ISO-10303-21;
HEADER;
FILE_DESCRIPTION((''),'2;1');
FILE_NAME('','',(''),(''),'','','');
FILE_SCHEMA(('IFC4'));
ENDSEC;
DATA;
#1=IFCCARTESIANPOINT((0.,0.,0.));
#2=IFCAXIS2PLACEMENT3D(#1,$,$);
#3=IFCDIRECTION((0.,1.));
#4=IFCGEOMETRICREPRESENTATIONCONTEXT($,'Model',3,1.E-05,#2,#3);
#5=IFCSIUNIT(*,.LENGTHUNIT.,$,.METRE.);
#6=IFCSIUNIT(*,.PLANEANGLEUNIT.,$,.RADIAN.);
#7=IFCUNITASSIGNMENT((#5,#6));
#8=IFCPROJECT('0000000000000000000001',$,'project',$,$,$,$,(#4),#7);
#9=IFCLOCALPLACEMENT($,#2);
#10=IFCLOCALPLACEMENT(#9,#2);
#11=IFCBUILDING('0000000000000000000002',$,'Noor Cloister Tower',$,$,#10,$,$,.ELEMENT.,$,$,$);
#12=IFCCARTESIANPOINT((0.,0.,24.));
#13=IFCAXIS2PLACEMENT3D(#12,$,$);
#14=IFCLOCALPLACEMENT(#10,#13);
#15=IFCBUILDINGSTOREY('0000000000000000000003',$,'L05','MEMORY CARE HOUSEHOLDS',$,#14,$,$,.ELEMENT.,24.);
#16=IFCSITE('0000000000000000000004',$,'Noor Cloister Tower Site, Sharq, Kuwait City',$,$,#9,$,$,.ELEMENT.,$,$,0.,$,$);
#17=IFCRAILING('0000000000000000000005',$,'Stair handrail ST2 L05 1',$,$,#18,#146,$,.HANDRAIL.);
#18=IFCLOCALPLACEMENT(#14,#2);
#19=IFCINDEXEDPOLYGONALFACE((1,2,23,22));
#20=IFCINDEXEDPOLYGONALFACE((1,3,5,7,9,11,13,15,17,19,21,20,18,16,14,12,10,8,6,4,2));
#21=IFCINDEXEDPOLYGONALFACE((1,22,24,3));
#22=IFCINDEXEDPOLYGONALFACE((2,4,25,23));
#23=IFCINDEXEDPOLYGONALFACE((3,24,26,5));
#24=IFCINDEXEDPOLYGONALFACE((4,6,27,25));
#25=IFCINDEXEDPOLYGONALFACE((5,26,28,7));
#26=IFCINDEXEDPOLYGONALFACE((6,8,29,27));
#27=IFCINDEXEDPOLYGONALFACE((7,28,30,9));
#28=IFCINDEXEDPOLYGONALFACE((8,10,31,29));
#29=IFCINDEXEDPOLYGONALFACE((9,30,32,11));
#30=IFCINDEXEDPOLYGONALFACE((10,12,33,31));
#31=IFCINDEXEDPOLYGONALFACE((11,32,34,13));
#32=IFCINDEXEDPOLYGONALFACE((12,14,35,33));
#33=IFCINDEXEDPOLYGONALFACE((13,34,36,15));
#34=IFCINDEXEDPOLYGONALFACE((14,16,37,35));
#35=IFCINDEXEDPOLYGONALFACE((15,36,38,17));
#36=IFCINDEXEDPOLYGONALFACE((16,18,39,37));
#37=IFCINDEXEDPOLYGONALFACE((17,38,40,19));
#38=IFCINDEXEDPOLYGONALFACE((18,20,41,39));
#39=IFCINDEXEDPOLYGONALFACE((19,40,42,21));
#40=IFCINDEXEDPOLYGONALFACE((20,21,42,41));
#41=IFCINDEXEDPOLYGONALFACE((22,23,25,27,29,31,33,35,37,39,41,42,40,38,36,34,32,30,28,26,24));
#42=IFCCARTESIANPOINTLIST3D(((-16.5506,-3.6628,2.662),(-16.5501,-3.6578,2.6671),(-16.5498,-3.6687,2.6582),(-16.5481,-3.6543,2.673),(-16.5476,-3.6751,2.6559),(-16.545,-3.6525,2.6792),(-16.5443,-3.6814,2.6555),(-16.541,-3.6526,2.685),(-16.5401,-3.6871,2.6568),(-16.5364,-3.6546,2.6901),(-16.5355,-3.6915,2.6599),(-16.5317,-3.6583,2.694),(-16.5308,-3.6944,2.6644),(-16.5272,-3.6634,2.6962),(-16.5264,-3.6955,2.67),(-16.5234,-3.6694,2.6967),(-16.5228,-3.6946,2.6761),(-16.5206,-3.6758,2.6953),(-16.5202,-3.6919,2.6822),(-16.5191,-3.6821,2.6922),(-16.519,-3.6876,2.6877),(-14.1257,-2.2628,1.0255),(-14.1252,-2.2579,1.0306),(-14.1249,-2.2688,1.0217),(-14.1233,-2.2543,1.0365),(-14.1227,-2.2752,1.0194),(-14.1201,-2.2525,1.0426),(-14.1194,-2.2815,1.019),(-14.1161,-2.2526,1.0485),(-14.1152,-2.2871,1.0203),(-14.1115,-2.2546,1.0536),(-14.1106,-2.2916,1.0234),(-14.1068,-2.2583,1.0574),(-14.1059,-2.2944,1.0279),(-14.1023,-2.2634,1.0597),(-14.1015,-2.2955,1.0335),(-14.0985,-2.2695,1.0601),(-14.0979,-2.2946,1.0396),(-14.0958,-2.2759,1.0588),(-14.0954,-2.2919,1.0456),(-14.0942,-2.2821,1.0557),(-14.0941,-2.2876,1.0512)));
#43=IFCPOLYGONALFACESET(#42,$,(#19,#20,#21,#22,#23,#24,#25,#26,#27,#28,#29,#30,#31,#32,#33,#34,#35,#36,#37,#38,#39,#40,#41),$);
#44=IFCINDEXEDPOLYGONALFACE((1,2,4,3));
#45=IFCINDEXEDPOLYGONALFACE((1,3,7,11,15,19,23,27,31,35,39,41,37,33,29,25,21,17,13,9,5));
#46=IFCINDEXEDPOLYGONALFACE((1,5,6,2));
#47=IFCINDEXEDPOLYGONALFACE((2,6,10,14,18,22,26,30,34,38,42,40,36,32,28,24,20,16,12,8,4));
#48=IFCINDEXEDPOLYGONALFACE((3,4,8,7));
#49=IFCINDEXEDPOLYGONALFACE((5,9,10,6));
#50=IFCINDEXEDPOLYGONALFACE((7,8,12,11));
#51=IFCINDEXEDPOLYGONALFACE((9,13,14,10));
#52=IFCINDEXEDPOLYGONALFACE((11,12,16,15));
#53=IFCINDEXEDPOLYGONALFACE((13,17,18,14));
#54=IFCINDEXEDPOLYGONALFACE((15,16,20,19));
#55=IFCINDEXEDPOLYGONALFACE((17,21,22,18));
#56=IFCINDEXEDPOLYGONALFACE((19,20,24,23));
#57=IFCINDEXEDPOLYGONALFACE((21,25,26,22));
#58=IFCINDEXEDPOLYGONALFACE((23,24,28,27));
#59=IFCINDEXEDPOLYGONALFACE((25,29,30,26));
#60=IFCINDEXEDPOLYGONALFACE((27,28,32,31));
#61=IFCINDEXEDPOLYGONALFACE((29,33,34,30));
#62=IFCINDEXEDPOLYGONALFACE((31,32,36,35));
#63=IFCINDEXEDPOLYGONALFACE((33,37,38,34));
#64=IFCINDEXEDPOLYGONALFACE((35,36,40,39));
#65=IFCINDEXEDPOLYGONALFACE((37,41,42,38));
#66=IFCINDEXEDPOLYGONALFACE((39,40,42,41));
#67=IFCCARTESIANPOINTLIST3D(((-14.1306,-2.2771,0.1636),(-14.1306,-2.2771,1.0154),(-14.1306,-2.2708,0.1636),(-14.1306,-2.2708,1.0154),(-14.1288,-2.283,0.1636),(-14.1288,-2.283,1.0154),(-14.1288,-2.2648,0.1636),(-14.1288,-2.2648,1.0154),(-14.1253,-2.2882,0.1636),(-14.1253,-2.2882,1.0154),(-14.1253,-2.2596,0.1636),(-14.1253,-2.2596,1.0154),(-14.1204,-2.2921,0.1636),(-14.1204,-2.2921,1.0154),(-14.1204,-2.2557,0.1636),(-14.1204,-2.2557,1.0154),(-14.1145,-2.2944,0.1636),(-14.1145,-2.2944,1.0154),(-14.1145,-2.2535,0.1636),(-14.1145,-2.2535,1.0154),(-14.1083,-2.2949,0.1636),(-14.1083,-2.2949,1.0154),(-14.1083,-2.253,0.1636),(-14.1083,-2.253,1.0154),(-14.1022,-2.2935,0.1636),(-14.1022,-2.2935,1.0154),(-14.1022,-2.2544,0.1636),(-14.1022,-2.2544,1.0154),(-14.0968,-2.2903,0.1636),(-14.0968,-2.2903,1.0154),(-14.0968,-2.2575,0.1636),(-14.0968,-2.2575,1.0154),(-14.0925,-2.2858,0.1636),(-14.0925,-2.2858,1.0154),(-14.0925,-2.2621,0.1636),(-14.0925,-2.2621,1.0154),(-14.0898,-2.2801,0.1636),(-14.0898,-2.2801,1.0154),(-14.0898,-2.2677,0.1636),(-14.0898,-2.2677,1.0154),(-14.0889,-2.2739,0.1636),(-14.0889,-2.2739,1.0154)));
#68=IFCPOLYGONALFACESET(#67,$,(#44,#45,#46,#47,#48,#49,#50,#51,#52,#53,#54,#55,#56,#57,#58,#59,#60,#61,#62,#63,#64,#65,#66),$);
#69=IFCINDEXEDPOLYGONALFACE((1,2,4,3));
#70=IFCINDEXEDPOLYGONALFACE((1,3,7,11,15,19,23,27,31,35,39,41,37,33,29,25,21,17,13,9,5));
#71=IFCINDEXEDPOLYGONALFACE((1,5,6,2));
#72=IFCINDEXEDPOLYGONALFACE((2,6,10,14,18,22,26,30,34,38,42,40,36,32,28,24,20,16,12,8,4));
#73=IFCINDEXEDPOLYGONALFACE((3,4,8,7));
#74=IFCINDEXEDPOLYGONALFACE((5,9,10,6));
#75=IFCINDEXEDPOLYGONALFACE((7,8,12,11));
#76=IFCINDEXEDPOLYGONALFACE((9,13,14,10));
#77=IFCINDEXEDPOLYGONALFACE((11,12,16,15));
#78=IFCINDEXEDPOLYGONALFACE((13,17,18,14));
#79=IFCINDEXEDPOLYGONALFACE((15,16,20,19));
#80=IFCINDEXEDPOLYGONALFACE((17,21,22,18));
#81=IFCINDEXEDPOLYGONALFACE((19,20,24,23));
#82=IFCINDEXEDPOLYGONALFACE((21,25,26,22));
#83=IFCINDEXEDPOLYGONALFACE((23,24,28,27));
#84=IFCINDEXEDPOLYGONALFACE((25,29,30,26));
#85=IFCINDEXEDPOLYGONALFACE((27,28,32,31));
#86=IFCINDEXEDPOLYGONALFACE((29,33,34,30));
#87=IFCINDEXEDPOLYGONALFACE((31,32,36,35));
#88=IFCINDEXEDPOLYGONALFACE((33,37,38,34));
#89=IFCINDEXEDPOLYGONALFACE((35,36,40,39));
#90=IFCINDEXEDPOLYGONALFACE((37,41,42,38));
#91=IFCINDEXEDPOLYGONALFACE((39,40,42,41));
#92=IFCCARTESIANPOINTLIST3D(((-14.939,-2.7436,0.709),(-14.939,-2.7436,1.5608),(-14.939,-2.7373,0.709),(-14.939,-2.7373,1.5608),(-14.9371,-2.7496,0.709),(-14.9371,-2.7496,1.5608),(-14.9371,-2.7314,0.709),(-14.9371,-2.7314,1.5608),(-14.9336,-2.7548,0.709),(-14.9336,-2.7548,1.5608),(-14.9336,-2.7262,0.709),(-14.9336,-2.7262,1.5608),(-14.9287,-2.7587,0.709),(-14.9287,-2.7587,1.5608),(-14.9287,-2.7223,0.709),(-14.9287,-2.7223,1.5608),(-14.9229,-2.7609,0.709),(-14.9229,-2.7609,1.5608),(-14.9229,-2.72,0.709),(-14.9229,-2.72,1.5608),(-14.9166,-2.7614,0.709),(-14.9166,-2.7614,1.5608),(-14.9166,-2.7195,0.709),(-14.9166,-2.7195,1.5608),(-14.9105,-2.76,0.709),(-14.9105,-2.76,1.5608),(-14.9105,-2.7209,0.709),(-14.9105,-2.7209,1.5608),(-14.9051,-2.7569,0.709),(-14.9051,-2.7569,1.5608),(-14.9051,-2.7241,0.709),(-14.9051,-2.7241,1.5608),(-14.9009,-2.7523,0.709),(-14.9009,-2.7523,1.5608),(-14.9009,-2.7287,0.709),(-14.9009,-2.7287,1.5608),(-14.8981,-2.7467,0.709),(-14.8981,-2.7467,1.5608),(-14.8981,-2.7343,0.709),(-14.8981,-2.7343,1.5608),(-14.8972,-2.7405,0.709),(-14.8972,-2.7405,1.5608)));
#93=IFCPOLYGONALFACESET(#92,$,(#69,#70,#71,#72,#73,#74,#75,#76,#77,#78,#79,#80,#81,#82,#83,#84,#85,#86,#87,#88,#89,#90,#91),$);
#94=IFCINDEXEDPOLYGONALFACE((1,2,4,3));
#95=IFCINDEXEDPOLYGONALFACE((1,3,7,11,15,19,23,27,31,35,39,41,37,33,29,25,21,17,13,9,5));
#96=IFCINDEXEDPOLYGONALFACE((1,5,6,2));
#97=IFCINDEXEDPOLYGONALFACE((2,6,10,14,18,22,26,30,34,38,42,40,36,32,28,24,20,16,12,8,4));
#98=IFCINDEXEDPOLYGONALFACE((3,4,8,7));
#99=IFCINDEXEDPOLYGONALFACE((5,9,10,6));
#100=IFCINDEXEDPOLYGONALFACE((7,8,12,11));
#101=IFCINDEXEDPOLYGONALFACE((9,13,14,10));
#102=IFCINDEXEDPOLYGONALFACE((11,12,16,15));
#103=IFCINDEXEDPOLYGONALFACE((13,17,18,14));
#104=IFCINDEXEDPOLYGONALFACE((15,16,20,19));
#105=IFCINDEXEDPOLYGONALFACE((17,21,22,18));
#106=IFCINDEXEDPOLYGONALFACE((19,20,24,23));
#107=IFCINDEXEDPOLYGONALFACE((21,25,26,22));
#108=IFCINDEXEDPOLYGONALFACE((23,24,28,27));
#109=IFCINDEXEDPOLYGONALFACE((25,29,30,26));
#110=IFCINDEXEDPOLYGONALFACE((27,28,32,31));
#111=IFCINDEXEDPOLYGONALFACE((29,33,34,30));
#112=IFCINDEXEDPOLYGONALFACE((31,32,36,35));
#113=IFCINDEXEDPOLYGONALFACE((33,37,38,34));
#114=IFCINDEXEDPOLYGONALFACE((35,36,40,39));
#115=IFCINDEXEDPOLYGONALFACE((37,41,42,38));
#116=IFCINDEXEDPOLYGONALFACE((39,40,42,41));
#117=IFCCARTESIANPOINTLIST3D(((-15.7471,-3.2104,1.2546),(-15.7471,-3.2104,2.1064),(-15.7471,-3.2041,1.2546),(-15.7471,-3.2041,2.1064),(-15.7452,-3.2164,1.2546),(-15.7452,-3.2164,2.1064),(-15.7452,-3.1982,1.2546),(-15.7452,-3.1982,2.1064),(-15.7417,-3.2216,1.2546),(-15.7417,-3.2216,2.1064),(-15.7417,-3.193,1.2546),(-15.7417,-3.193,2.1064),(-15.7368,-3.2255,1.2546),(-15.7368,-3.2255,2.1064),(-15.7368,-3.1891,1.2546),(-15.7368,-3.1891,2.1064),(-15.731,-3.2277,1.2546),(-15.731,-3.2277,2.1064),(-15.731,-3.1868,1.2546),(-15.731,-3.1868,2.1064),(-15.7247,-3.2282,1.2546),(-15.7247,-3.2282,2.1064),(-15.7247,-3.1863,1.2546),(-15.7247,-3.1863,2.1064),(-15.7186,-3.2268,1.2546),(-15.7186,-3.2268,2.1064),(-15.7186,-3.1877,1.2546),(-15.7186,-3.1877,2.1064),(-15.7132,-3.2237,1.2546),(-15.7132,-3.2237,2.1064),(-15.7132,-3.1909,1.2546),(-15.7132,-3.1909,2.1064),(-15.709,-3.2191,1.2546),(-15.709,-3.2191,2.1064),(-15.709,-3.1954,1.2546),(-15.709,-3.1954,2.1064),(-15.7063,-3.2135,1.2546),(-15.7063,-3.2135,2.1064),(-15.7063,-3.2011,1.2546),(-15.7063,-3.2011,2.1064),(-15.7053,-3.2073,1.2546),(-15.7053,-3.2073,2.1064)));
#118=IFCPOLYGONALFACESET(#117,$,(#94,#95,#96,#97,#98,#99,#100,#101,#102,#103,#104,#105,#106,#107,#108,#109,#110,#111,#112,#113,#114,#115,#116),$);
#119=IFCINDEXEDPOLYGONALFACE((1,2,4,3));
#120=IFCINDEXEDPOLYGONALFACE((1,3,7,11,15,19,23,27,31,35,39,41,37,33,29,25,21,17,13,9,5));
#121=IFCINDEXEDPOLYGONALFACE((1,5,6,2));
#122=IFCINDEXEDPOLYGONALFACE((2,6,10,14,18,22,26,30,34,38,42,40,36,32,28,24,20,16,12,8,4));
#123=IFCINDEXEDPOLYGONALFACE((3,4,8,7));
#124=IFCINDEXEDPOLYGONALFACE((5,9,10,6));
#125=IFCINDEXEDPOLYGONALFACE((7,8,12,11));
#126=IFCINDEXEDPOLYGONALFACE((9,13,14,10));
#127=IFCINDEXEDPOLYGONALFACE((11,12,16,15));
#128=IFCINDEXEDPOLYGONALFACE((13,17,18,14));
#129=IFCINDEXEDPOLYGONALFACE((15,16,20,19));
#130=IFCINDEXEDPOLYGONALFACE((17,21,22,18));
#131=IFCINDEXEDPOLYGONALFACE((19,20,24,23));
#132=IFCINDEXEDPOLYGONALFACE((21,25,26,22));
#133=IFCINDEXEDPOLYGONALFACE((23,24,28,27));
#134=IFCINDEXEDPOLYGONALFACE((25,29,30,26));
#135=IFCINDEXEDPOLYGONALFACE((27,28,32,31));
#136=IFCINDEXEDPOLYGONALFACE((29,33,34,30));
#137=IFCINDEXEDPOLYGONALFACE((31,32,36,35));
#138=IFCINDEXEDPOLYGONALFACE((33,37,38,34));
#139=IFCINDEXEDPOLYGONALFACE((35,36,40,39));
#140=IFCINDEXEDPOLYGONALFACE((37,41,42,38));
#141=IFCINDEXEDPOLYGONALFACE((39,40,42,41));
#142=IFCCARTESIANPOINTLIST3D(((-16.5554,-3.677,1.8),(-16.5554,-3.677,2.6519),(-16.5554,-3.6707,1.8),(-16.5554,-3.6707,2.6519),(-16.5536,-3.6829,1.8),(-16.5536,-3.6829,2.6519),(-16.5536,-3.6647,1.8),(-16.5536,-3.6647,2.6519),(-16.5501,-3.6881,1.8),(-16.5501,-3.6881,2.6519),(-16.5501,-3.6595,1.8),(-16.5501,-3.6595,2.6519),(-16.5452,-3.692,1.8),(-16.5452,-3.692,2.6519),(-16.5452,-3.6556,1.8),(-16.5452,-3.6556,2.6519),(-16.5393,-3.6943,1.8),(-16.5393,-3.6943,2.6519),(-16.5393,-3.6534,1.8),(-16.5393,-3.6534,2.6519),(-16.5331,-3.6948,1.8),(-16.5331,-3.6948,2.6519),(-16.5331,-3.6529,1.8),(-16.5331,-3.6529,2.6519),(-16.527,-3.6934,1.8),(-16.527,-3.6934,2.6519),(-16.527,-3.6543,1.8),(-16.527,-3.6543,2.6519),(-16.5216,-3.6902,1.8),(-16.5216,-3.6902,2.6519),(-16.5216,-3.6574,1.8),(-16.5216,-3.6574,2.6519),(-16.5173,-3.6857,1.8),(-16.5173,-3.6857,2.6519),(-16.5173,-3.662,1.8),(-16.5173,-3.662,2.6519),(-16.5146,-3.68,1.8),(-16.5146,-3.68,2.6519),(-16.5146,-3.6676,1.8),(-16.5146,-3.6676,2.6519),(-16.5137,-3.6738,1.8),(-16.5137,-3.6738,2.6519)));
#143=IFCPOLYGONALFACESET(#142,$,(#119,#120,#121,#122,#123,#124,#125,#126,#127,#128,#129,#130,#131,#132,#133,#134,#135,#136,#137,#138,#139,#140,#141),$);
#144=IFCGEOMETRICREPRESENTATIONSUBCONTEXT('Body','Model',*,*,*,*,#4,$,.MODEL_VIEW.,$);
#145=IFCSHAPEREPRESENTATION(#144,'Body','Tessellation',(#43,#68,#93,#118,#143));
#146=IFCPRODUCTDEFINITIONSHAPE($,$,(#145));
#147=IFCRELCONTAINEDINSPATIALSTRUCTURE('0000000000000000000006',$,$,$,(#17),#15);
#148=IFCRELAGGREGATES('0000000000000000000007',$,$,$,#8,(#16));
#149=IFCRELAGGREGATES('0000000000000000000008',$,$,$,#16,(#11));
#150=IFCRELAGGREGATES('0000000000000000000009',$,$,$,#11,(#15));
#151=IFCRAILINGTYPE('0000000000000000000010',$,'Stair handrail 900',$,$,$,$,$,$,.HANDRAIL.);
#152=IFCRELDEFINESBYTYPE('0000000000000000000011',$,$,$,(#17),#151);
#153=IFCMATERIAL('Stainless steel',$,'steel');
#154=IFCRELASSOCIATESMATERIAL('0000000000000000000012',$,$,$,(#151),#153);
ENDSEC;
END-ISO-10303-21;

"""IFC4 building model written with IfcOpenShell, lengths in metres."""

from ifc_helpers import new_model, si_unit, direction, frame, origin, origin_2d, place, context, subcontext, project, spatial, circle, extrude, material, type_object, element, save


model = new_model("IFC4")

# Units and contexts
model_context = context("Model", 3, precision=1e-05, world=origin(), true_north=direction((0.0, 1.0)))
body_context = subcontext(model_context, "Body", "Model", "MODEL_VIEW")
ifc_project = project(units=[si_unit("LENGTHUNIT", "METRE"), si_unit("PLANEANGLEUNIT", "RADIAN")], contexts=[model_context])

# Site, building, storey
site_placement = place(None, origin())
site = spatial("IfcSite", under=ifc_project, at=site_placement, Name="Noor Cloister Tower Site, Sharq, Kuwait City", CompositionType="ELEMENT", RefElevation=0.0)
building_placement = place(site_placement, origin())
building = spatial("IfcBuilding", under=site, at=building_placement, Name="Noor Cloister Tower", CompositionType="ELEMENT")
storey_placement = place(building_placement, frame((0.0, 0.0, 24.0)))
storey = spatial("IfcBuildingStorey", under=building, at=storey_placement, Name="L05", Description="MEMORY CARE HOUSEHOLDS", CompositionType="ELEMENT", Elevation=24.0)

# Railing
ifc_material_1 = material(Name="Stainless steel", Category="steel")
railing_type_1 = type_object("IfcRailingType", Name="Stair handrail 900", PredefinedType="HANDRAIL", material=ifc_material_1)
railing_1_placement = place(storey_placement, frame((-14.1099, -2.2739, 0.1636)))
element("IfcRailing", 1, at=railing_1_placement, inside=storey, type_object=railing_type_1, Name="Stair handrail ST2 L05 1", PredefinedType="HANDRAIL", context=body_context, shape_type="SweptSolid", body=[
    extrude(circle(Radius=0.0239, at=origin_2d()), frame((0.0, 0.0, 0.876), z_axis=(-0.74769, -0.431661, 0.504608), x_axis=(0.499984, -0.866035, 0.0)), (0.0, 0.0, 1.0), 3.2432),
    extrude(circle(Radius=0.021, at=origin_2d()), origin(), (0.0, 0.0, 1.0), 0.8518),
    extrude(circle(Radius=0.021, at=origin_2d()), frame((-0.8083, -0.4666, 0.5454)), (0.0, 0.0, 1.0), 0.8518),
    extrude(circle(Radius=0.021, at=origin_2d()), frame((-1.6165, -0.9333, 1.0911)), (0.0, 0.0, 1.0), 0.8518),
    extrude(circle(Radius=0.021, at=origin_2d()), frame((-2.4248, -1.3999, 1.6365)), (0.0, 0.0, 1.0), 0.8518),
])

save(model, "model.ifc")
